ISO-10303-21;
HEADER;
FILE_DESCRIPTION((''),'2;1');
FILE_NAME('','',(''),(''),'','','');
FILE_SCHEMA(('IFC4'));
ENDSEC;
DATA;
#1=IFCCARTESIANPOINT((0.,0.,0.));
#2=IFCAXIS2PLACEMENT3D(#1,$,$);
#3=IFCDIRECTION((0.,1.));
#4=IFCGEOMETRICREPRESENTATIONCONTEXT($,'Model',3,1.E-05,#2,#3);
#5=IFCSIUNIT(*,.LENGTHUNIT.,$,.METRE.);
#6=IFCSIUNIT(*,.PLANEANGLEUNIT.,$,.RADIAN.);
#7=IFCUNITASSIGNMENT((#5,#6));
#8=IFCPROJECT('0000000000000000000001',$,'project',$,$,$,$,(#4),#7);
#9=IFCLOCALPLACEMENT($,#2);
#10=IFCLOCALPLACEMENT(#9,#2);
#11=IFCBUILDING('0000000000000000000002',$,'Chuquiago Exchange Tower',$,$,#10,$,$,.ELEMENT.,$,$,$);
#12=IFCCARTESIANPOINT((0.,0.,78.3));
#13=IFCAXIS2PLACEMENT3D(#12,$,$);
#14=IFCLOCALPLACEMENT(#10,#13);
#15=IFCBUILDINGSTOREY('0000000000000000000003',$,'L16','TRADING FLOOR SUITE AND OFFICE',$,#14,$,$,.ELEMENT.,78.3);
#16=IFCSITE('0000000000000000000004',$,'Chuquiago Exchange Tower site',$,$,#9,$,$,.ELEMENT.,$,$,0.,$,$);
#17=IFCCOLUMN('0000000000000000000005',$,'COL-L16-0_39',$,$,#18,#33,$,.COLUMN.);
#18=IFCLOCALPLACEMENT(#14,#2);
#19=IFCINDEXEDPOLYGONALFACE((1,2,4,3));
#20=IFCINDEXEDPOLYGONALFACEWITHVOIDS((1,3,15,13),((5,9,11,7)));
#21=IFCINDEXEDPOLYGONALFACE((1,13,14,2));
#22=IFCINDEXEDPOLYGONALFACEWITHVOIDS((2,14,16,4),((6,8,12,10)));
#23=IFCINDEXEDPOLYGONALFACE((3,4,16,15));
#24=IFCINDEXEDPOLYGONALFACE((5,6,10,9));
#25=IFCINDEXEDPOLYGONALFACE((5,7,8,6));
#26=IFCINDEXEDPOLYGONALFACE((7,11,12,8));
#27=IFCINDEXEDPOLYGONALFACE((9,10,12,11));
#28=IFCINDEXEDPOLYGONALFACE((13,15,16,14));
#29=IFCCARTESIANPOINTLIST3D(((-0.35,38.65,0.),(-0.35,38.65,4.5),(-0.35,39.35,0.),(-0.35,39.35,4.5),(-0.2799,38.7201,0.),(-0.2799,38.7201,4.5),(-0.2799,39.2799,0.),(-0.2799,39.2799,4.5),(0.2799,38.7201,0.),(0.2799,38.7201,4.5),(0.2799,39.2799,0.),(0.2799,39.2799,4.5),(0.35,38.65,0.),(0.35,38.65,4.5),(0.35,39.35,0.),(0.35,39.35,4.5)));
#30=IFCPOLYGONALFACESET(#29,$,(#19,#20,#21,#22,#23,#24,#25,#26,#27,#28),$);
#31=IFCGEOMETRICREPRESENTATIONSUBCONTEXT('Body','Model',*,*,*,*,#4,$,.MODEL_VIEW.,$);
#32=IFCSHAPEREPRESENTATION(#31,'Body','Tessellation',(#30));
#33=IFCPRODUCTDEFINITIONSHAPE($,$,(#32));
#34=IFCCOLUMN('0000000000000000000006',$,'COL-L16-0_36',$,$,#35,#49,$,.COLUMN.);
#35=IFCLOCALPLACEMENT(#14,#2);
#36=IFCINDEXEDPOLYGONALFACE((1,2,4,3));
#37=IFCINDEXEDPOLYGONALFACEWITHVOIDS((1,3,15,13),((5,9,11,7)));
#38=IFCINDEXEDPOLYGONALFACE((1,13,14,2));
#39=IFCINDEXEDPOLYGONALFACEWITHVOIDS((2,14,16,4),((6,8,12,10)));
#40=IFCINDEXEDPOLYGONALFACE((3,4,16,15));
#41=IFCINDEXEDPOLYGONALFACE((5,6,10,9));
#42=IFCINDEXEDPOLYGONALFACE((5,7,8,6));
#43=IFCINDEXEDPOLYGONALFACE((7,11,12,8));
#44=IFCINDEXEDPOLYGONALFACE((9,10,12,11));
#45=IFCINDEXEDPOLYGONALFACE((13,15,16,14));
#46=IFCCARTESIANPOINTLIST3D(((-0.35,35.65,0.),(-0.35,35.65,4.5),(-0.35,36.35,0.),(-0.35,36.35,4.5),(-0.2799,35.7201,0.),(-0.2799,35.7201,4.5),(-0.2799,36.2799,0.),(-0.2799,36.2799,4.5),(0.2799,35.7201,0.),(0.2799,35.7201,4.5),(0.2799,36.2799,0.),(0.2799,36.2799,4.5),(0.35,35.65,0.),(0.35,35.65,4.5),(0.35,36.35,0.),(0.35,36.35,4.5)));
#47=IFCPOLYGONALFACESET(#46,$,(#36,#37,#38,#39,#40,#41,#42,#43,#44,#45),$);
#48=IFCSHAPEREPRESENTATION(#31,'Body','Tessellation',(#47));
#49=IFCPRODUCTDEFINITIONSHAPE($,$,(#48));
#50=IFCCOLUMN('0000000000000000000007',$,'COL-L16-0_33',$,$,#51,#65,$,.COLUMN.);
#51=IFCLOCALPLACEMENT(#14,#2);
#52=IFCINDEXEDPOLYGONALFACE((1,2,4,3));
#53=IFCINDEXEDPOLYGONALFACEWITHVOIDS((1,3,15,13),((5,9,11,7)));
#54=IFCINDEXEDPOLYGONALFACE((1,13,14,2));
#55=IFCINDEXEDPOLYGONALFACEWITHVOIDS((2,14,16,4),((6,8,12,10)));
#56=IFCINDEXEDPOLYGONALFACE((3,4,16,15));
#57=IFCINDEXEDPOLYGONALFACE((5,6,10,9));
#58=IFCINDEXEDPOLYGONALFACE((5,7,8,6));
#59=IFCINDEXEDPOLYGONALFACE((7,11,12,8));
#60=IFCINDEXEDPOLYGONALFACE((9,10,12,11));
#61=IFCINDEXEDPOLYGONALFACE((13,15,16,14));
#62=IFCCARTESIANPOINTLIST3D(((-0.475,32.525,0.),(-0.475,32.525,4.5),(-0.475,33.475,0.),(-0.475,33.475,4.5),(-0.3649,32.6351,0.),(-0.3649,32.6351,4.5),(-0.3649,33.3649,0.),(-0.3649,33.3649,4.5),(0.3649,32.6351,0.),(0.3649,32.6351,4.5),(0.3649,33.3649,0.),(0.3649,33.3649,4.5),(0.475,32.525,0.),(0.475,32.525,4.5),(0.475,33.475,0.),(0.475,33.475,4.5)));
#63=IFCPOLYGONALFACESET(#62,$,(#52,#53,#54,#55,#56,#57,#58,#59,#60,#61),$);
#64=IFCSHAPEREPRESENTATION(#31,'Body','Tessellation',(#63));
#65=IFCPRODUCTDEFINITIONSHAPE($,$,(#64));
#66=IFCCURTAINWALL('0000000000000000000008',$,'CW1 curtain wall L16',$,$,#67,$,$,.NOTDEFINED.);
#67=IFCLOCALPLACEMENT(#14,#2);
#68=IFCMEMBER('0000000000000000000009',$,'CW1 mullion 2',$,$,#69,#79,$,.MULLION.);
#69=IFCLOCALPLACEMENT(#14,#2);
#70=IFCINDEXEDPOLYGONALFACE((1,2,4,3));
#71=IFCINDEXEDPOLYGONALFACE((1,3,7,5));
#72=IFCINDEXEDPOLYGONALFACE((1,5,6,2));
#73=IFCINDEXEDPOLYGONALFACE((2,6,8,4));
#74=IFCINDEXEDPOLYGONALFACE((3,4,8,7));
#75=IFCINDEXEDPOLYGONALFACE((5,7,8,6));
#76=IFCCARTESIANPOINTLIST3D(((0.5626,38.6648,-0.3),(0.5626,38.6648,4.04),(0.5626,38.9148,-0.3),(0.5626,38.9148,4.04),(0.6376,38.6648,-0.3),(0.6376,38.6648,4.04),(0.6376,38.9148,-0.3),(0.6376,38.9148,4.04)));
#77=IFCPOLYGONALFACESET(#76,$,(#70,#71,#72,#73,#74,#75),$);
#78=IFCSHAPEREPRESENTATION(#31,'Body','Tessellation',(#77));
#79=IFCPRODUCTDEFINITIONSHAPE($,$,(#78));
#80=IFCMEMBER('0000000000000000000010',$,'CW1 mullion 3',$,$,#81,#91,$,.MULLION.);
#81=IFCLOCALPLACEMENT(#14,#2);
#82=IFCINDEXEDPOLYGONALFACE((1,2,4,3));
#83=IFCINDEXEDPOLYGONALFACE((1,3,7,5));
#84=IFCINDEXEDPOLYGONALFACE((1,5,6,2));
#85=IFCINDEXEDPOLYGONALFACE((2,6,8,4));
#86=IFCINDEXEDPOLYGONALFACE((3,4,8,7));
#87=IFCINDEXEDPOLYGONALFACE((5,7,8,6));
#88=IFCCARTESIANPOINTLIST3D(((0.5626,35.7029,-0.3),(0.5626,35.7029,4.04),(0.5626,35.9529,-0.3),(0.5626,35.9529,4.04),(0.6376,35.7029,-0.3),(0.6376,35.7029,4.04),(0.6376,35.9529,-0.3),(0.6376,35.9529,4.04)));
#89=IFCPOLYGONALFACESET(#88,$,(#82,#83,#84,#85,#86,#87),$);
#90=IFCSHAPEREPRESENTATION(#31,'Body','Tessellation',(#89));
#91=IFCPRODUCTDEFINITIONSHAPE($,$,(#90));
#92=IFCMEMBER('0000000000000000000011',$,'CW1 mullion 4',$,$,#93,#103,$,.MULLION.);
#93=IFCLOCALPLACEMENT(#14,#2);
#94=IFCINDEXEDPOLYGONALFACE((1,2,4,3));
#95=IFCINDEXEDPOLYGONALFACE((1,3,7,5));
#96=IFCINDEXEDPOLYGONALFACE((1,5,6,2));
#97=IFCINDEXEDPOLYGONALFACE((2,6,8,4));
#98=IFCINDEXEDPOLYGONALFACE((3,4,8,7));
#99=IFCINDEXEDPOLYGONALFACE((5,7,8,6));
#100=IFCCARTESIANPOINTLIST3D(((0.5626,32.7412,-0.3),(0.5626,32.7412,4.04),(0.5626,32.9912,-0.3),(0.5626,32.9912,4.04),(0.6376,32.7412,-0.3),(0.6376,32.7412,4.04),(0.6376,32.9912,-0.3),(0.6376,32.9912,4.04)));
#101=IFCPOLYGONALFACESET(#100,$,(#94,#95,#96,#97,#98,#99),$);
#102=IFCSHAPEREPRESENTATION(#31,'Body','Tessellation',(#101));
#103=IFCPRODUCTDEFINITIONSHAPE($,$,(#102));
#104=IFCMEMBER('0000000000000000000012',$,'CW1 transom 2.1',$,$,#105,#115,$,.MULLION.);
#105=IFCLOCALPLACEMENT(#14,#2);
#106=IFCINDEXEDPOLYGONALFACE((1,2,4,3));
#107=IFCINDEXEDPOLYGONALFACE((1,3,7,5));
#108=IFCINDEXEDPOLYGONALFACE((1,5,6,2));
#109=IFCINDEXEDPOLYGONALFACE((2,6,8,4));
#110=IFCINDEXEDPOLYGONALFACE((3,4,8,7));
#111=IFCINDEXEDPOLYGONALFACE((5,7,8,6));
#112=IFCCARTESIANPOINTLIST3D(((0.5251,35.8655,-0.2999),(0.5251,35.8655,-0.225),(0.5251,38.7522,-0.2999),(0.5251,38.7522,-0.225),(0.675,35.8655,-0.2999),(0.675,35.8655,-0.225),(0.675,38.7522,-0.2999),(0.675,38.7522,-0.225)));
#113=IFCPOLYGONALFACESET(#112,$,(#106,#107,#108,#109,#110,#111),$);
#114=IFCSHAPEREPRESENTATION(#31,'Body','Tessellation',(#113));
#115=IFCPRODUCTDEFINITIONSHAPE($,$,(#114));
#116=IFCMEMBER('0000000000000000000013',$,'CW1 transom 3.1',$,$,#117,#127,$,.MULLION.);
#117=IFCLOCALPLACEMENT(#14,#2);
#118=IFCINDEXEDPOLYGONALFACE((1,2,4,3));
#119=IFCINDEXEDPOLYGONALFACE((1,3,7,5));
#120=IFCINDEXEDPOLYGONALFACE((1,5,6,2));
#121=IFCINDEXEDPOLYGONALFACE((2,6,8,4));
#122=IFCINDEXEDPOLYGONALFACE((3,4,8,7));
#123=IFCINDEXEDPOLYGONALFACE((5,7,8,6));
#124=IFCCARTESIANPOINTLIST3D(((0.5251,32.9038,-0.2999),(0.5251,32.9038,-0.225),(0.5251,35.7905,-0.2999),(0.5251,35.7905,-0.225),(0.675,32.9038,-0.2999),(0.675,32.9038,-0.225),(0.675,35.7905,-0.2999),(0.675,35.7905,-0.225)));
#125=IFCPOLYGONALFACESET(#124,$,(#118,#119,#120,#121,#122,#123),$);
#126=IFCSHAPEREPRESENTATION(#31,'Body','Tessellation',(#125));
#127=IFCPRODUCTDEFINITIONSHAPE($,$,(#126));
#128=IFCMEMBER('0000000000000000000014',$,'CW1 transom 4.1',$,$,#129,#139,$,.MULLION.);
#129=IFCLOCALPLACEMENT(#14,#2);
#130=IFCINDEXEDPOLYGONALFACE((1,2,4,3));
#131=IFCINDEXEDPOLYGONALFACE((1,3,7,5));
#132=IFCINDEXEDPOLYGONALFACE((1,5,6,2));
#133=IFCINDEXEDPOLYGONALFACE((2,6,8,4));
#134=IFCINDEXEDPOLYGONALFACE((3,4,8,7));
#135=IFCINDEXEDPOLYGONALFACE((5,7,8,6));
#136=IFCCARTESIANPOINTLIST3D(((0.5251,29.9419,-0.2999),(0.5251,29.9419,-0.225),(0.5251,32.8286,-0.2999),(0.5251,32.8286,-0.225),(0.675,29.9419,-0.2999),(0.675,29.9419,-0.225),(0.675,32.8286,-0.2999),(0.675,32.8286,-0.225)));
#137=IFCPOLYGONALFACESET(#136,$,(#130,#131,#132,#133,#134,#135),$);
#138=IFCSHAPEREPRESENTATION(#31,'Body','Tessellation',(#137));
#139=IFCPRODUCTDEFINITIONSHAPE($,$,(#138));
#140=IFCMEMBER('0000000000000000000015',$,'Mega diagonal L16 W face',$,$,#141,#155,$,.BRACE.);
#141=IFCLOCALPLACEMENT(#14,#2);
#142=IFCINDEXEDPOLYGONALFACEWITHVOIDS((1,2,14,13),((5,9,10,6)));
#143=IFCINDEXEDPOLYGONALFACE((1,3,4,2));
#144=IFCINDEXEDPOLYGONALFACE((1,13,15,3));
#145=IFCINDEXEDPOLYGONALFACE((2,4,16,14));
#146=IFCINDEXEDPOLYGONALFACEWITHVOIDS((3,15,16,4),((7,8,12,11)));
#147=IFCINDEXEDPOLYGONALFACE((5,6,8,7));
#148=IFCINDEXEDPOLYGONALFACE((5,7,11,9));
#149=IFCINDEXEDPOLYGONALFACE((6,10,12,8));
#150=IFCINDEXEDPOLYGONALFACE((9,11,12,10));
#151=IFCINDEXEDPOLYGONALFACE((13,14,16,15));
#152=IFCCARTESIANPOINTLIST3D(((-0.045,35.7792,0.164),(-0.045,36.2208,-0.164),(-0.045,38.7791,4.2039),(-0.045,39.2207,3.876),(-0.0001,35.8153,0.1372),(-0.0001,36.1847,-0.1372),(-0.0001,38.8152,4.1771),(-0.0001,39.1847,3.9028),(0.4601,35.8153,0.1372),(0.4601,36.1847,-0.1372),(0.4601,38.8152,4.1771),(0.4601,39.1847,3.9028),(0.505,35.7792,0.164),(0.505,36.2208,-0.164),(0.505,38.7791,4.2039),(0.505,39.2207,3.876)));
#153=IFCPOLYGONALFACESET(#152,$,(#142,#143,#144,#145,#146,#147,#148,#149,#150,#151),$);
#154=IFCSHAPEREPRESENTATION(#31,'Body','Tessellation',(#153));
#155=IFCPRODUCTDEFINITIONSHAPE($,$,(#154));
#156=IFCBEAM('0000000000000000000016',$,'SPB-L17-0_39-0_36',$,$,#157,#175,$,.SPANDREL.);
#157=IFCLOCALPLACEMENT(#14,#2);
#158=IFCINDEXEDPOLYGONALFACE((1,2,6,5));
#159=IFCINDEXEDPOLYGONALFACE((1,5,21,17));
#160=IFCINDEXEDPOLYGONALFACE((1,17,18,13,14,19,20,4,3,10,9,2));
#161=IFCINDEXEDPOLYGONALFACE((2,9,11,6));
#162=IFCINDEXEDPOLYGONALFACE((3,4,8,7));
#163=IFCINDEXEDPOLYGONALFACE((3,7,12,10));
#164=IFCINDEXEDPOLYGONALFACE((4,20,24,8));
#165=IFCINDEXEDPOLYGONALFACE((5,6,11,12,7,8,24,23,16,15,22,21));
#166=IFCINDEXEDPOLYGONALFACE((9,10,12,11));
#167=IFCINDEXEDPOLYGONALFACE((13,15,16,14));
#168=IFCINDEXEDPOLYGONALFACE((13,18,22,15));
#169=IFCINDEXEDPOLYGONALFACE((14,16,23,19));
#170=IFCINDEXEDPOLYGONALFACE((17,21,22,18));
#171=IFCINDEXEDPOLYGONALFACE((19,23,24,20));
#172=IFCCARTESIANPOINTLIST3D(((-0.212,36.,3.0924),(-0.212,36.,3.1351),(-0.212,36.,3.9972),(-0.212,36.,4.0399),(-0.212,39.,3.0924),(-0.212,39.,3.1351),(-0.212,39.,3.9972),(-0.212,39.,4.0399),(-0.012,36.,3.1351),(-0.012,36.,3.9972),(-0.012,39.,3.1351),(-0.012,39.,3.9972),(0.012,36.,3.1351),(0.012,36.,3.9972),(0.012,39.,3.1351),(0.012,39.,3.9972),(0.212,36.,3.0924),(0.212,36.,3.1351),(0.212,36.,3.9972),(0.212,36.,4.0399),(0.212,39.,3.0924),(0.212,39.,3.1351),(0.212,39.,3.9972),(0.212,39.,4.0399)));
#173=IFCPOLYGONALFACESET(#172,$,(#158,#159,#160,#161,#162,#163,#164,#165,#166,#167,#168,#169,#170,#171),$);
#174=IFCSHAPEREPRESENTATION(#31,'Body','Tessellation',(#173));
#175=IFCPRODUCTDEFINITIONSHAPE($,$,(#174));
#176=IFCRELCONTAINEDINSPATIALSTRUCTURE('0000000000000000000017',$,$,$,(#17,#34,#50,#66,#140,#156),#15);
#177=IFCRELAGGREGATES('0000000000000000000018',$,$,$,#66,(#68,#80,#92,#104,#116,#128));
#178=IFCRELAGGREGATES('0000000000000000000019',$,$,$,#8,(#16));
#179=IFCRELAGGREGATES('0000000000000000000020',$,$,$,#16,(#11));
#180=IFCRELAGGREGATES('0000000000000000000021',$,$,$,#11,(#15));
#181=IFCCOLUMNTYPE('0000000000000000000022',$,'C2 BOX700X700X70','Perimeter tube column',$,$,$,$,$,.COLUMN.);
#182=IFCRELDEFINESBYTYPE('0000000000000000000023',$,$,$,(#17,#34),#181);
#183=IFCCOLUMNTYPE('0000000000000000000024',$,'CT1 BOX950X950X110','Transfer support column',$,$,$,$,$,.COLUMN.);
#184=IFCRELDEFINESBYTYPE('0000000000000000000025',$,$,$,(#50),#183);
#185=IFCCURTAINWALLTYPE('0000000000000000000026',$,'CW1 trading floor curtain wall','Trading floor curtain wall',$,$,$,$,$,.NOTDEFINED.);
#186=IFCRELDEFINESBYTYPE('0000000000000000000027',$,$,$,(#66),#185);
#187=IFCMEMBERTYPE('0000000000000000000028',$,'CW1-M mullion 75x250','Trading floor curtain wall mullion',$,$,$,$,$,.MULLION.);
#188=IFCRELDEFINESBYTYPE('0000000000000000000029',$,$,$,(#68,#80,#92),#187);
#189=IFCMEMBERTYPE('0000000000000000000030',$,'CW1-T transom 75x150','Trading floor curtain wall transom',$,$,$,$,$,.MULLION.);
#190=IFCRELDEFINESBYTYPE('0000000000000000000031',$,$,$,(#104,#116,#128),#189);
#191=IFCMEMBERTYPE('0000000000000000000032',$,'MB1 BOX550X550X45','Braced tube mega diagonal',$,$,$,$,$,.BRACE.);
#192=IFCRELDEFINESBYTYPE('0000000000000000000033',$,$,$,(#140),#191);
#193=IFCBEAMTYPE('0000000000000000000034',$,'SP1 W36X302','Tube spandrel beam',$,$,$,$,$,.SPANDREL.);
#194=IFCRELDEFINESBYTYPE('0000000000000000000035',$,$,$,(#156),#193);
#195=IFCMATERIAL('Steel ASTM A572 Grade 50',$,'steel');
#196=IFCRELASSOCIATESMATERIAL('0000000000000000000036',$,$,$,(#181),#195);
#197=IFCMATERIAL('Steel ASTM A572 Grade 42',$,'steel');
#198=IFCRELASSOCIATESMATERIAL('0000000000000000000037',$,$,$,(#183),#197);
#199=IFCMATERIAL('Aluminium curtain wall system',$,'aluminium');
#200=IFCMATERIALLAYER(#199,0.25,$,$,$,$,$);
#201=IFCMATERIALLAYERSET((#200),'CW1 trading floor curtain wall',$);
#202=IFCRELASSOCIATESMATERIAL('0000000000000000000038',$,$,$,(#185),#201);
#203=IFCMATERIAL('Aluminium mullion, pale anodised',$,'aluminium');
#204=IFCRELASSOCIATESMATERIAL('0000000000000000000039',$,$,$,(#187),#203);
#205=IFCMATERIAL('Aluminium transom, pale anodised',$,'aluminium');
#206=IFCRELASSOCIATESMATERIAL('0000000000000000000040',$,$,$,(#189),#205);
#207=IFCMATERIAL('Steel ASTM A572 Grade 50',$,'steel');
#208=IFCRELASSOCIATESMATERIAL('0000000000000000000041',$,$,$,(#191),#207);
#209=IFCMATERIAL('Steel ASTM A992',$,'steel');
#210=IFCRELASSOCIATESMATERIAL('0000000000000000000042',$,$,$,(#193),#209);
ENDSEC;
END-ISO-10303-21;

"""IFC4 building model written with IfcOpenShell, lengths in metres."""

from ifc_helpers import new_model, si_unit, direction, frame, origin, origin_2d, place, context, subcontext, project, spatial, rectangle, hollow_rectangle, i_section, extrude, material, layer, layer_set, material_profile, profile_set, type_object, element, aggregate, save


model = new_model("IFC4")

# Units and contexts
model_context = context("Model", 3, precision=1e-05, world=origin(), true_north=direction((0.0, 1.0)))
body_context = subcontext(model_context, "Body", "Model", "MODEL_VIEW")
ifc_project = project(units=[si_unit("LENGTHUNIT", "METRE"), si_unit("PLANEANGLEUNIT", "RADIAN")], contexts=[model_context])

# Site, building, storey
site_placement = place(None, origin())
site = spatial("IfcSite", under=ifc_project, at=site_placement, Name="Chuquiago Exchange Tower site", CompositionType="ELEMENT", RefElevation=0.0)
building_placement = place(site_placement, origin())
building = spatial("IfcBuilding", under=site, at=building_placement, Name="Chuquiago Exchange Tower", CompositionType="ELEMENT")
storey_placement = place(building_placement, frame((0.0, 0.0, 78.3)))
storey = spatial("IfcBuildingStorey", under=building, at=storey_placement, Name="L16", Description="TRADING FLOOR SUITE AND OFFICE", CompositionType="ELEMENT", Elevation=78.3)

# Columns
ifc_material_1 = material(Name="Steel ASTM A572 Grade 50", Category="steel")
ifc_material_profile_1 = material_profile(ifc_material_1, hollow_rectangle(XDim=0.7, YDim=0.7, WallThickness=0.0701, at=origin_2d()), Name="BOX700X700X70")
ifc_profile_set_1 = profile_set([ifc_material_profile_1], Name="Steel ASTM A572 Grade 50")
column_type_1 = type_object("IfcColumnType", Name="C2 BOX700X700X70", Description="Perimeter tube column", PredefinedType="COLUMN", material=ifc_profile_set_1)
for number, where, z_axis, x_axis, name in (
    (1, (0.0, 39.0, 0.0), (0.0, 0.0, 1.0), (-1.0, 0.0, 0.0), "COL-L16-0_39"),
    (2, (0.0, 36.0, 0.0), (0.0, 0.0, 1.0), (-1.0, 0.0, 0.0), "COL-L16-0_36"),
):
    element("IfcColumn", number, at=place(storey_placement, frame(where, z_axis=z_axis, x_axis=x_axis)), inside=storey, type_object=column_type_1, Name=name, PredefinedType="COLUMN", context=body_context, shape_type="SweptSolid", body=[
        extrude(hollow_rectangle(XDim=0.7, YDim=0.7, WallThickness=0.0701, at=origin_2d()), origin(), (0.0, 0.0, 1.0), 4.5),
    ])
ifc_material_2 = material(Name="Steel ASTM A572 Grade 42", Category="steel")
ifc_material_profile_2 = material_profile(ifc_material_2, hollow_rectangle(XDim=0.95, YDim=0.95, WallThickness=0.1101, at=origin_2d()), Name="BOX950X950X110")
ifc_profile_set_2 = profile_set([ifc_material_profile_2], Name="Steel ASTM A572 Grade 42")
column_type_2 = type_object("IfcColumnType", Name="CT1 BOX950X950X110", Description="Transfer support column", PredefinedType="COLUMN", material=ifc_profile_set_2)
column_placement = place(storey_placement, frame((0.0, 33.0, 0.0), z_axis=(0.0, 0.0, 1.0), x_axis=(-1.0, 0.0, 0.0)))
element("IfcColumn", 3, at=column_placement, inside=storey, type_object=column_type_2, Name="COL-L16-0_33", PredefinedType="COLUMN", context=body_context, shape_type="SweptSolid", body=[
    extrude(hollow_rectangle(XDim=0.95, YDim=0.95, WallThickness=0.1101, at=origin_2d()), origin(), (0.0, 0.0, 1.0), 4.5),
])

# Curtain wall, members
ifc_material_3 = material(Name="Aluminium curtain wall system", Category="aluminium")
ifc_layer_1 = layer(ifc_material_3, 0.25)
ifc_layer_set_1 = layer_set([ifc_layer_1], Name="CW1 trading floor curtain wall")
curtain_wall_type = type_object("IfcCurtainWallType", Name="CW1 trading floor curtain wall", Description="Trading floor curtain wall", PredefinedType="NOTDEFINED", material=ifc_layer_set_1)
curtain_wall_placement = place(storey_placement, origin())
curtain_wall = element("IfcCurtainWall", 4, at=curtain_wall_placement, inside=storey, type_object=curtain_wall_type, Name="CW1 curtain wall L16", PredefinedType="NOTDEFINED")
ifc_material_4 = material(Name="Aluminium mullion, pale anodised", Category="aluminium")
ifc_material_profile_3 = material_profile(ifc_material_4, rectangle(XDim=0.075, YDim=0.25, at=origin_2d()), Name="AL 75x250")
ifc_profile_set_3 = profile_set([ifc_material_profile_3], Name="Aluminium mullion, pale anodised")
member_type_1 = type_object("IfcMemberType", Name="CW1-M mullion 75x250", Description="Trading floor curtain wall mullion", PredefinedType="MULLION", material=ifc_profile_set_3)
member_1_placement = place(storey_placement, frame((0.6001, 38.7898, -0.3), z_axis=(0.0, 0.0, 1.0), x_axis=(1.0, 0.0, 0.0)))
member_1 = element("IfcMember", 5, at=member_1_placement, type_object=member_type_1, Name="CW1 mullion 2", PredefinedType="MULLION", context=body_context, shape_type="SweptSolid", body=[
    extrude(rectangle(XDim=0.075, YDim=0.25, at=origin_2d()), origin(), (0.0, 0.0, 1.0), 4.3401),
])
member_2_placement = place(storey_placement, frame((0.6001, 35.8279, -0.3), z_axis=(0.0, 0.0, 1.0), x_axis=(1.0, 0.0, 0.0)))
member_2 = element("IfcMember", 6, at=member_2_placement, type_object=member_type_1, Name="CW1 mullion 3", PredefinedType="MULLION", context=body_context, shape_type="SweptSolid", body=[
    extrude(rectangle(XDim=0.075, YDim=0.25, at=origin_2d()), origin(), (0.0, 0.0, 1.0), 4.3401),
])
member_3_placement = place(storey_placement, frame((0.6001, 32.8662, -0.3), z_axis=(0.0, 0.0, 1.0), x_axis=(1.0, 0.0, 0.0)))
member_3 = element("IfcMember", 7, at=member_3_placement, type_object=member_type_1, Name="CW1 mullion 4", PredefinedType="MULLION", context=body_context, shape_type="SweptSolid", body=[
    extrude(rectangle(XDim=0.075, YDim=0.25, at=origin_2d()), origin(), (0.0, 0.0, 1.0), 4.3401),
])
ifc_material_5 = material(Name="Aluminium transom, pale anodised", Category="aluminium")
ifc_material_profile_4 = material_profile(ifc_material_5, rectangle(XDim=0.1499, YDim=0.075, at=origin_2d()), Name="AL 150x75")
ifc_profile_set_4 = profile_set([ifc_material_profile_4], Name="Aluminium transom, pale anodised")
member_type_2 = type_object("IfcMemberType", Name="CW1-T transom 75x150", Description="Trading floor curtain wall transom", PredefinedType="MULLION", material=ifc_profile_set_4)
member_4_placement = place(storey_placement, frame((0.6001, 38.7522, -0.2625), z_axis=(0.0, -1.0, 0.0), x_axis=(1.0, 0.0, 0.0)))
member_4 = element("IfcMember", 8, at=member_4_placement, type_object=member_type_2, Name="CW1 transom 2.1", PredefinedType="MULLION", context=body_context, shape_type="SweptSolid", body=[
    extrude(rectangle(XDim=0.1499, YDim=0.075, at=origin_2d()), origin(), (0.0, 0.0, 1.0), 2.8867),
])
member_5_placement = place(storey_placement, frame((0.6001, 35.7905, -0.2625), z_axis=(0.0, -1.0, 0.0), x_axis=(1.0, 0.0, 0.0)))
member_5 = element("IfcMember", 9, at=member_5_placement, type_object=member_type_2, Name="CW1 transom 3.1", PredefinedType="MULLION", context=body_context, shape_type="SweptSolid", body=[
    extrude(rectangle(XDim=0.1499, YDim=0.075, at=origin_2d()), origin(), (0.0, 0.0, 1.0), 2.8867),
])
member_6_placement = place(storey_placement, frame((0.6001, 32.8286, -0.2625), z_axis=(0.0, -1.0, 0.0), x_axis=(1.0, 0.0, 0.0)))
member_6 = element("IfcMember", 10, at=member_6_placement, type_object=member_type_2, Name="CW1 transom 4.1", PredefinedType="MULLION", context=body_context, shape_type="SweptSolid", body=[
    extrude(rectangle(XDim=0.1499, YDim=0.075, at=origin_2d()), origin(), (0.0, 0.0, 1.0), 2.8867),
])

# Member
ifc_material_6 = material(Name="Steel ASTM A572 Grade 50", Category="steel")
ifc_material_profile_5 = material_profile(ifc_material_6, hollow_rectangle(XDim=0.55, YDim=0.55, WallThickness=0.0449, at=origin_2d()), Name="BOX550X550X45")
ifc_profile_set_5 = profile_set([ifc_material_profile_5], Name="Steel ASTM A572 Grade 50")
member_type_3 = type_object("IfcMemberType", Name="MB1 BOX550X550X45", Description="Braced tube mega diagonal", PredefinedType="BRACE", material=ifc_profile_set_5)
member_7_placement = place(storey_placement, frame((0.23, 36.0, 0.0), z_axis=(0.0, 0.596174, 0.802855), x_axis=(-1.0, 0.0, 0.0)))
element("IfcMember", 11, at=member_7_placement, inside=storey, type_object=member_type_3, Name="Mega diagonal L16 W face", PredefinedType="BRACE", context=body_context, shape_type="SweptSolid", body=[
    extrude(hollow_rectangle(XDim=0.55, YDim=0.55, WallThickness=0.0449, at=origin_2d()), origin(), (0.0, 0.0, 1.0), 5.032),
])

# Beam
ifc_material_7 = material(Name="Steel ASTM A992", Category="steel")
ifc_material_profile_6 = material_profile(ifc_material_7, i_section(OverallWidth=0.4241, OverallDepth=0.9475, WebThickness=0.0239, FlangeThickness=0.0427, at=origin_2d()), Name="W36X302")
ifc_profile_set_6 = profile_set([ifc_material_profile_6], Name="Steel ASTM A992")
beam_type = type_object("IfcBeamType", Name="SP1 W36X302", Description="Tube spandrel beam", PredefinedType="SPANDREL", material=ifc_profile_set_6)
for number, where, z_axis, x_axis, name in (
    (12, (0.0, 39.0, 3.5662), (0.0, -1.0, 0.0), (1.0, 0.0, 0.0), "SPB-L17-0_39-0_36"),
):
    element("IfcBeam", number, at=place(storey_placement, frame(where, z_axis=z_axis, x_axis=x_axis)), inside=storey, type_object=beam_type, Name=name, PredefinedType="SPANDREL", context=body_context, shape_type="SweptSolid", body=[
        extrude(i_section(OverallWidth=0.4241, OverallDepth=0.9475, WebThickness=0.0239, FlangeThickness=0.0427, at=origin_2d()), origin(), (0.0, 0.0, 1.0), 3.0),
    ])

aggregate(curtain_wall, [member_1, member_2, member_3, member_4, member_5, member_6])

save(model, "model.ifc")
